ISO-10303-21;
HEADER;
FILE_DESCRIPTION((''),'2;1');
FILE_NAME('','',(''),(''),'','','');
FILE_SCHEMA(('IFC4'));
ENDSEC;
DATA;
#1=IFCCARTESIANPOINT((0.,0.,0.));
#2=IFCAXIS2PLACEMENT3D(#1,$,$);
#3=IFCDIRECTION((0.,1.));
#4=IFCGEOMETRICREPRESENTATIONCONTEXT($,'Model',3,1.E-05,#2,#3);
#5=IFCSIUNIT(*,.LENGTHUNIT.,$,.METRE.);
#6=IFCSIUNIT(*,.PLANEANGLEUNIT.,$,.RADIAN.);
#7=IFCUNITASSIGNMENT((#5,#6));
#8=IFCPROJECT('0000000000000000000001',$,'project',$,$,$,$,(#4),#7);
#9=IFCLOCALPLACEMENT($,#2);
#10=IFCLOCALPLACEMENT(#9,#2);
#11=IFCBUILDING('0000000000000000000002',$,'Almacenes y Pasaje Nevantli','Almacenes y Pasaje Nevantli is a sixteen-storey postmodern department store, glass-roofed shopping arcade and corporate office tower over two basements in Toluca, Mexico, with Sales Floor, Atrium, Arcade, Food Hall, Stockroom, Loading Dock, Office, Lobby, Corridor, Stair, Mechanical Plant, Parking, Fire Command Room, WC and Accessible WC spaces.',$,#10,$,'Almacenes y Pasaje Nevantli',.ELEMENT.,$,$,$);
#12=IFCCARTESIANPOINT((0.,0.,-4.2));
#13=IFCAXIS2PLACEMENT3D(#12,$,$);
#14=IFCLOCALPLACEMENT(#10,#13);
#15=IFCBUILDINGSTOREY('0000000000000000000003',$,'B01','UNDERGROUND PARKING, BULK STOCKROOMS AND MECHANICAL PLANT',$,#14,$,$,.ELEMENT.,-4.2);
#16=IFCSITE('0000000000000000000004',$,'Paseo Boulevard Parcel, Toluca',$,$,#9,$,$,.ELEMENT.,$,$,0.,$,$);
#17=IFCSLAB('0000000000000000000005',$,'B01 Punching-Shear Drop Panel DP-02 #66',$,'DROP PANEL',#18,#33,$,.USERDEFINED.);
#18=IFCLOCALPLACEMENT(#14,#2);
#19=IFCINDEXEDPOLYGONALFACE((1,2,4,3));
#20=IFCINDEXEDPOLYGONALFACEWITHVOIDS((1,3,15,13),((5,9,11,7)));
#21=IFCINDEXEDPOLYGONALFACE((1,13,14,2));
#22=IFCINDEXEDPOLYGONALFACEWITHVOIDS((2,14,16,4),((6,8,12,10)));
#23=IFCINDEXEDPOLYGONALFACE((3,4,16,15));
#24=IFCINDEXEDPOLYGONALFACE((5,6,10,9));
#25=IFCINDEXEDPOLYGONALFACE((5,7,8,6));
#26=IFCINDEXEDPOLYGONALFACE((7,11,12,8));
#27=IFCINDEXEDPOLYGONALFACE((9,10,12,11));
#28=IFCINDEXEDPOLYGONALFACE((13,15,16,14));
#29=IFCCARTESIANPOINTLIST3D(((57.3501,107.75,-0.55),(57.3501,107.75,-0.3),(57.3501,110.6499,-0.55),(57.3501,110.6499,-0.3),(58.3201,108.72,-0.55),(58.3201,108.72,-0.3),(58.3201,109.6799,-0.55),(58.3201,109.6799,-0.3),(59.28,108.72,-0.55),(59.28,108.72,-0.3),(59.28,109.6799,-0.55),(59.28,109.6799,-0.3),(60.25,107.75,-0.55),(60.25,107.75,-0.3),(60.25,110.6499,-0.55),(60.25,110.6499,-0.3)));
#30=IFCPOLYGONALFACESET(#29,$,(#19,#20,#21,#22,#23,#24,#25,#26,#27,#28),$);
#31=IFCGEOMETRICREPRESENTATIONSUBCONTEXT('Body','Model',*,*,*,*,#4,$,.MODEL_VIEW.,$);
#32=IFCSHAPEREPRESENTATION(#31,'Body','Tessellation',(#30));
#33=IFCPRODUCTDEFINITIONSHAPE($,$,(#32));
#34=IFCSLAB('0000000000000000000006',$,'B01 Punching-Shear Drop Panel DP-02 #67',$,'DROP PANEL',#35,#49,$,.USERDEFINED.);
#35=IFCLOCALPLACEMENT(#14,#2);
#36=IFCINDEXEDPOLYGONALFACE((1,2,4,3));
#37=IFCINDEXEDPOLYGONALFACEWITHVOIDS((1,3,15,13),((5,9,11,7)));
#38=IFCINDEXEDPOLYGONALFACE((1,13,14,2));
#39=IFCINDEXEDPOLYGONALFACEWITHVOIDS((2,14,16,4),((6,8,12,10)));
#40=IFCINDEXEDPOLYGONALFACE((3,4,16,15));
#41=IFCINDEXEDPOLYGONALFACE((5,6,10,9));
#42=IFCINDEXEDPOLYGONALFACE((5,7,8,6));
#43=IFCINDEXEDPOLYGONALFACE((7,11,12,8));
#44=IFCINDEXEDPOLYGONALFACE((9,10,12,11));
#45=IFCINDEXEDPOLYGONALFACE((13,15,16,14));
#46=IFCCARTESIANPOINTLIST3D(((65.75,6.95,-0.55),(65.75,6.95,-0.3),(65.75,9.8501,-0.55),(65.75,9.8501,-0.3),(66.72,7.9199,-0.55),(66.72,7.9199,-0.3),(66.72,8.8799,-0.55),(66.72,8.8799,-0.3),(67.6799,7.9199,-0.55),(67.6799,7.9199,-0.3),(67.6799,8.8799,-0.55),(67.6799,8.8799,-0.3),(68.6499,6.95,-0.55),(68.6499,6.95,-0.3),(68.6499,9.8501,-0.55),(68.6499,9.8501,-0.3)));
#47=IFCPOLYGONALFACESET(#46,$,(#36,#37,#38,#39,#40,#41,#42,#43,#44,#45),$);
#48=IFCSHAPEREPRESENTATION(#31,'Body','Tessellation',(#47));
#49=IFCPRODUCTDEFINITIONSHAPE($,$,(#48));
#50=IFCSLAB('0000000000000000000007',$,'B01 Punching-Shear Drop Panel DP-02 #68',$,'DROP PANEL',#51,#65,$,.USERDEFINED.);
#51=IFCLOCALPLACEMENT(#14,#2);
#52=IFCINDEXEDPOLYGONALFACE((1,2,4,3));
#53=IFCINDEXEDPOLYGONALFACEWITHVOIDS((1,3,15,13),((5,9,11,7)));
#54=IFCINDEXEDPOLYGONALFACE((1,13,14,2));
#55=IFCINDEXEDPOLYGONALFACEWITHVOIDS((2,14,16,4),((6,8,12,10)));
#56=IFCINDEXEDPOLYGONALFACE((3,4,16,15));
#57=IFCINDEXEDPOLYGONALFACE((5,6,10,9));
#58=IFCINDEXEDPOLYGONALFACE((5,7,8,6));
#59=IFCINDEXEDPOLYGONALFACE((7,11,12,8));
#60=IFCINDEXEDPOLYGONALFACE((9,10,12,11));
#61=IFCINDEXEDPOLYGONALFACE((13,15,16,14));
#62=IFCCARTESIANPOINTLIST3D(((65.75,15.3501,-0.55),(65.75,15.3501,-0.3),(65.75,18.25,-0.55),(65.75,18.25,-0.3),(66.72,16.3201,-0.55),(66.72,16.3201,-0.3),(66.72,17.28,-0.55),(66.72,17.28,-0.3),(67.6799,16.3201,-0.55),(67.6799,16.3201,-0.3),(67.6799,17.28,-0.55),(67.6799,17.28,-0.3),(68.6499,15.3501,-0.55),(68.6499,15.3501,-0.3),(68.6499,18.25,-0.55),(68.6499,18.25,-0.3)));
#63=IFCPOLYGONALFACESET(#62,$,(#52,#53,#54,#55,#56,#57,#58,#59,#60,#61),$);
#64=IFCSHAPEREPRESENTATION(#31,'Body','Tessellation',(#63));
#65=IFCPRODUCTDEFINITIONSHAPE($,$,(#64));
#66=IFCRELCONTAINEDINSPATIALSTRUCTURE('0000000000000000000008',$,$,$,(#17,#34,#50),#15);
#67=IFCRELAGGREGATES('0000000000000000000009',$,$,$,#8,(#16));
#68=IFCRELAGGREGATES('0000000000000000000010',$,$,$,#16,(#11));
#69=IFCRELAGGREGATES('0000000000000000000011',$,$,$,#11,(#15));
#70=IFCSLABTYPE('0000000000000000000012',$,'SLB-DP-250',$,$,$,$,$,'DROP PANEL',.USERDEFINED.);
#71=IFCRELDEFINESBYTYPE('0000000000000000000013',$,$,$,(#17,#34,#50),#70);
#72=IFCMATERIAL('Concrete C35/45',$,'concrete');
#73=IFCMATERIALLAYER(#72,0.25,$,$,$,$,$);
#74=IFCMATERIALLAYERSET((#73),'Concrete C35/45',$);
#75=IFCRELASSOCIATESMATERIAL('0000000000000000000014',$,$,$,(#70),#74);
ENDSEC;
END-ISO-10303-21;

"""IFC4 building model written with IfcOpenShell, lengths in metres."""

from ifc_helpers import new_model, si_unit, direction, frame, origin, place, context, subcontext, project, spatial, polyline, outline, extrude, material, layer, layer_set, type_object, element, save


model = new_model("IFC4")

# Units and contexts
model_context = context("Model", 3, precision=1e-05, world=origin(), true_north=direction((0.0, 1.0)))
body_context = subcontext(model_context, "Body", "Model", "MODEL_VIEW")
ifc_project = project(units=[si_unit("LENGTHUNIT", "METRE"), si_unit("PLANEANGLEUNIT", "RADIAN")], contexts=[model_context])

# Site, building, storey
site_placement = place(None, origin())
site = spatial("IfcSite", under=ifc_project, at=site_placement, Name="Paseo Boulevard Parcel, Toluca", CompositionType="ELEMENT", RefElevation=0.0)
building_placement = place(site_placement, origin())
building = spatial("IfcBuilding", under=site, at=building_placement, Name="Almacenes y Pasaje Nevantli", Description="Almacenes y Pasaje Nevantli is a sixteen-storey postmodern department store, glass-roofed shopping arcade and corporate office tower over two basements in Toluca, Mexico, with Sales Floor, Atrium, Arcade, Food Hall, Stockroom, Loading Dock, Office, Lobby, Corridor, Stair, Mechanical Plant, Parking, Fire Command Room, WC and Accessible WC spaces.", LongName="Almacenes y Pasaje Nevantli", CompositionType="ELEMENT")
storey_placement = place(building_placement, frame((0.0, 0.0, -4.2)))
storey = spatial("IfcBuildingStorey", under=building, at=storey_placement, Name="B01", Description="UNDERGROUND PARKING, BULK STOCKROOMS AND MECHANICAL PLANT", CompositionType="ELEMENT", Elevation=-4.2)

# Slabs
ifc_material = material(Name="Concrete C35/45", Category="concrete")
ifc_layer = layer(ifc_material, 0.25)
ifc_layer_set = layer_set([ifc_layer], Name="Concrete C35/45")
slab_type = type_object("IfcSlabType", Name="SLB-DP-250", ElementType="DROP PANEL", PredefinedType="USERDEFINED", material=ifc_layer_set)
slab_1_placement = place(storey_placement, frame((0.0, 0.0, -0.55)))
element("IfcSlab", 1, at=slab_1_placement, inside=storey, type_object=slab_type, Name="B01 Punching-Shear Drop Panel DP-02 #66", ObjectType="DROP PANEL", PredefinedType="USERDEFINED", context=body_context, shape_type="SweptSolid", body=[
    extrude(outline(polyline([(57.3501, 107.75), (60.25, 107.75), (60.25, 110.6499), (57.3501, 110.6499), (57.3501, 107.75)]), holes=[polyline([(58.3201, 108.72), (59.28, 108.72), (59.28, 109.6799), (58.3201, 109.6799), (58.3201, 108.72)])]), origin(), (0.0, 0.0, 1.0), 0.25),
])
slab_2_placement = place(storey_placement, frame((0.0, 0.0, -0.55)))
element("IfcSlab", 2, at=slab_2_placement, inside=storey, type_object=slab_type, Name="B01 Punching-Shear Drop Panel DP-02 #67", ObjectType="DROP PANEL", PredefinedType="USERDEFINED", context=body_context, shape_type="SweptSolid", body=[
    extrude(outline(polyline([(65.75, 6.95), (68.6499, 6.95), (68.6499, 9.8501), (65.75, 9.8501), (65.75, 6.95)]), holes=[polyline([(66.72, 7.9199), (67.6799, 7.9199), (67.6799, 8.8799), (66.72, 8.8799), (66.72, 7.9199)])]), origin(), (0.0, 0.0, 1.0), 0.25),
])
slab_3_placement = place(storey_placement, frame((0.0, 0.0, -0.55)))
element("IfcSlab", 3, at=slab_3_placement, inside=storey, type_object=slab_type, Name="B01 Punching-Shear Drop Panel DP-02 #68", ObjectType="DROP PANEL", PredefinedType="USERDEFINED", context=body_context, shape_type="SweptSolid", body=[
    extrude(outline(polyline([(65.75, 15.3501), (68.6499, 15.3501), (68.6499, 18.25), (65.75, 18.25), (65.75, 15.3501)]), holes=[polyline([(66.72, 16.3201), (67.6799, 16.3201), (67.6799, 17.28), (66.72, 17.28), (66.72, 16.3201)])]), origin(), (0.0, 0.0, 1.0), 0.25),
])

save(model, "model.ifc")
